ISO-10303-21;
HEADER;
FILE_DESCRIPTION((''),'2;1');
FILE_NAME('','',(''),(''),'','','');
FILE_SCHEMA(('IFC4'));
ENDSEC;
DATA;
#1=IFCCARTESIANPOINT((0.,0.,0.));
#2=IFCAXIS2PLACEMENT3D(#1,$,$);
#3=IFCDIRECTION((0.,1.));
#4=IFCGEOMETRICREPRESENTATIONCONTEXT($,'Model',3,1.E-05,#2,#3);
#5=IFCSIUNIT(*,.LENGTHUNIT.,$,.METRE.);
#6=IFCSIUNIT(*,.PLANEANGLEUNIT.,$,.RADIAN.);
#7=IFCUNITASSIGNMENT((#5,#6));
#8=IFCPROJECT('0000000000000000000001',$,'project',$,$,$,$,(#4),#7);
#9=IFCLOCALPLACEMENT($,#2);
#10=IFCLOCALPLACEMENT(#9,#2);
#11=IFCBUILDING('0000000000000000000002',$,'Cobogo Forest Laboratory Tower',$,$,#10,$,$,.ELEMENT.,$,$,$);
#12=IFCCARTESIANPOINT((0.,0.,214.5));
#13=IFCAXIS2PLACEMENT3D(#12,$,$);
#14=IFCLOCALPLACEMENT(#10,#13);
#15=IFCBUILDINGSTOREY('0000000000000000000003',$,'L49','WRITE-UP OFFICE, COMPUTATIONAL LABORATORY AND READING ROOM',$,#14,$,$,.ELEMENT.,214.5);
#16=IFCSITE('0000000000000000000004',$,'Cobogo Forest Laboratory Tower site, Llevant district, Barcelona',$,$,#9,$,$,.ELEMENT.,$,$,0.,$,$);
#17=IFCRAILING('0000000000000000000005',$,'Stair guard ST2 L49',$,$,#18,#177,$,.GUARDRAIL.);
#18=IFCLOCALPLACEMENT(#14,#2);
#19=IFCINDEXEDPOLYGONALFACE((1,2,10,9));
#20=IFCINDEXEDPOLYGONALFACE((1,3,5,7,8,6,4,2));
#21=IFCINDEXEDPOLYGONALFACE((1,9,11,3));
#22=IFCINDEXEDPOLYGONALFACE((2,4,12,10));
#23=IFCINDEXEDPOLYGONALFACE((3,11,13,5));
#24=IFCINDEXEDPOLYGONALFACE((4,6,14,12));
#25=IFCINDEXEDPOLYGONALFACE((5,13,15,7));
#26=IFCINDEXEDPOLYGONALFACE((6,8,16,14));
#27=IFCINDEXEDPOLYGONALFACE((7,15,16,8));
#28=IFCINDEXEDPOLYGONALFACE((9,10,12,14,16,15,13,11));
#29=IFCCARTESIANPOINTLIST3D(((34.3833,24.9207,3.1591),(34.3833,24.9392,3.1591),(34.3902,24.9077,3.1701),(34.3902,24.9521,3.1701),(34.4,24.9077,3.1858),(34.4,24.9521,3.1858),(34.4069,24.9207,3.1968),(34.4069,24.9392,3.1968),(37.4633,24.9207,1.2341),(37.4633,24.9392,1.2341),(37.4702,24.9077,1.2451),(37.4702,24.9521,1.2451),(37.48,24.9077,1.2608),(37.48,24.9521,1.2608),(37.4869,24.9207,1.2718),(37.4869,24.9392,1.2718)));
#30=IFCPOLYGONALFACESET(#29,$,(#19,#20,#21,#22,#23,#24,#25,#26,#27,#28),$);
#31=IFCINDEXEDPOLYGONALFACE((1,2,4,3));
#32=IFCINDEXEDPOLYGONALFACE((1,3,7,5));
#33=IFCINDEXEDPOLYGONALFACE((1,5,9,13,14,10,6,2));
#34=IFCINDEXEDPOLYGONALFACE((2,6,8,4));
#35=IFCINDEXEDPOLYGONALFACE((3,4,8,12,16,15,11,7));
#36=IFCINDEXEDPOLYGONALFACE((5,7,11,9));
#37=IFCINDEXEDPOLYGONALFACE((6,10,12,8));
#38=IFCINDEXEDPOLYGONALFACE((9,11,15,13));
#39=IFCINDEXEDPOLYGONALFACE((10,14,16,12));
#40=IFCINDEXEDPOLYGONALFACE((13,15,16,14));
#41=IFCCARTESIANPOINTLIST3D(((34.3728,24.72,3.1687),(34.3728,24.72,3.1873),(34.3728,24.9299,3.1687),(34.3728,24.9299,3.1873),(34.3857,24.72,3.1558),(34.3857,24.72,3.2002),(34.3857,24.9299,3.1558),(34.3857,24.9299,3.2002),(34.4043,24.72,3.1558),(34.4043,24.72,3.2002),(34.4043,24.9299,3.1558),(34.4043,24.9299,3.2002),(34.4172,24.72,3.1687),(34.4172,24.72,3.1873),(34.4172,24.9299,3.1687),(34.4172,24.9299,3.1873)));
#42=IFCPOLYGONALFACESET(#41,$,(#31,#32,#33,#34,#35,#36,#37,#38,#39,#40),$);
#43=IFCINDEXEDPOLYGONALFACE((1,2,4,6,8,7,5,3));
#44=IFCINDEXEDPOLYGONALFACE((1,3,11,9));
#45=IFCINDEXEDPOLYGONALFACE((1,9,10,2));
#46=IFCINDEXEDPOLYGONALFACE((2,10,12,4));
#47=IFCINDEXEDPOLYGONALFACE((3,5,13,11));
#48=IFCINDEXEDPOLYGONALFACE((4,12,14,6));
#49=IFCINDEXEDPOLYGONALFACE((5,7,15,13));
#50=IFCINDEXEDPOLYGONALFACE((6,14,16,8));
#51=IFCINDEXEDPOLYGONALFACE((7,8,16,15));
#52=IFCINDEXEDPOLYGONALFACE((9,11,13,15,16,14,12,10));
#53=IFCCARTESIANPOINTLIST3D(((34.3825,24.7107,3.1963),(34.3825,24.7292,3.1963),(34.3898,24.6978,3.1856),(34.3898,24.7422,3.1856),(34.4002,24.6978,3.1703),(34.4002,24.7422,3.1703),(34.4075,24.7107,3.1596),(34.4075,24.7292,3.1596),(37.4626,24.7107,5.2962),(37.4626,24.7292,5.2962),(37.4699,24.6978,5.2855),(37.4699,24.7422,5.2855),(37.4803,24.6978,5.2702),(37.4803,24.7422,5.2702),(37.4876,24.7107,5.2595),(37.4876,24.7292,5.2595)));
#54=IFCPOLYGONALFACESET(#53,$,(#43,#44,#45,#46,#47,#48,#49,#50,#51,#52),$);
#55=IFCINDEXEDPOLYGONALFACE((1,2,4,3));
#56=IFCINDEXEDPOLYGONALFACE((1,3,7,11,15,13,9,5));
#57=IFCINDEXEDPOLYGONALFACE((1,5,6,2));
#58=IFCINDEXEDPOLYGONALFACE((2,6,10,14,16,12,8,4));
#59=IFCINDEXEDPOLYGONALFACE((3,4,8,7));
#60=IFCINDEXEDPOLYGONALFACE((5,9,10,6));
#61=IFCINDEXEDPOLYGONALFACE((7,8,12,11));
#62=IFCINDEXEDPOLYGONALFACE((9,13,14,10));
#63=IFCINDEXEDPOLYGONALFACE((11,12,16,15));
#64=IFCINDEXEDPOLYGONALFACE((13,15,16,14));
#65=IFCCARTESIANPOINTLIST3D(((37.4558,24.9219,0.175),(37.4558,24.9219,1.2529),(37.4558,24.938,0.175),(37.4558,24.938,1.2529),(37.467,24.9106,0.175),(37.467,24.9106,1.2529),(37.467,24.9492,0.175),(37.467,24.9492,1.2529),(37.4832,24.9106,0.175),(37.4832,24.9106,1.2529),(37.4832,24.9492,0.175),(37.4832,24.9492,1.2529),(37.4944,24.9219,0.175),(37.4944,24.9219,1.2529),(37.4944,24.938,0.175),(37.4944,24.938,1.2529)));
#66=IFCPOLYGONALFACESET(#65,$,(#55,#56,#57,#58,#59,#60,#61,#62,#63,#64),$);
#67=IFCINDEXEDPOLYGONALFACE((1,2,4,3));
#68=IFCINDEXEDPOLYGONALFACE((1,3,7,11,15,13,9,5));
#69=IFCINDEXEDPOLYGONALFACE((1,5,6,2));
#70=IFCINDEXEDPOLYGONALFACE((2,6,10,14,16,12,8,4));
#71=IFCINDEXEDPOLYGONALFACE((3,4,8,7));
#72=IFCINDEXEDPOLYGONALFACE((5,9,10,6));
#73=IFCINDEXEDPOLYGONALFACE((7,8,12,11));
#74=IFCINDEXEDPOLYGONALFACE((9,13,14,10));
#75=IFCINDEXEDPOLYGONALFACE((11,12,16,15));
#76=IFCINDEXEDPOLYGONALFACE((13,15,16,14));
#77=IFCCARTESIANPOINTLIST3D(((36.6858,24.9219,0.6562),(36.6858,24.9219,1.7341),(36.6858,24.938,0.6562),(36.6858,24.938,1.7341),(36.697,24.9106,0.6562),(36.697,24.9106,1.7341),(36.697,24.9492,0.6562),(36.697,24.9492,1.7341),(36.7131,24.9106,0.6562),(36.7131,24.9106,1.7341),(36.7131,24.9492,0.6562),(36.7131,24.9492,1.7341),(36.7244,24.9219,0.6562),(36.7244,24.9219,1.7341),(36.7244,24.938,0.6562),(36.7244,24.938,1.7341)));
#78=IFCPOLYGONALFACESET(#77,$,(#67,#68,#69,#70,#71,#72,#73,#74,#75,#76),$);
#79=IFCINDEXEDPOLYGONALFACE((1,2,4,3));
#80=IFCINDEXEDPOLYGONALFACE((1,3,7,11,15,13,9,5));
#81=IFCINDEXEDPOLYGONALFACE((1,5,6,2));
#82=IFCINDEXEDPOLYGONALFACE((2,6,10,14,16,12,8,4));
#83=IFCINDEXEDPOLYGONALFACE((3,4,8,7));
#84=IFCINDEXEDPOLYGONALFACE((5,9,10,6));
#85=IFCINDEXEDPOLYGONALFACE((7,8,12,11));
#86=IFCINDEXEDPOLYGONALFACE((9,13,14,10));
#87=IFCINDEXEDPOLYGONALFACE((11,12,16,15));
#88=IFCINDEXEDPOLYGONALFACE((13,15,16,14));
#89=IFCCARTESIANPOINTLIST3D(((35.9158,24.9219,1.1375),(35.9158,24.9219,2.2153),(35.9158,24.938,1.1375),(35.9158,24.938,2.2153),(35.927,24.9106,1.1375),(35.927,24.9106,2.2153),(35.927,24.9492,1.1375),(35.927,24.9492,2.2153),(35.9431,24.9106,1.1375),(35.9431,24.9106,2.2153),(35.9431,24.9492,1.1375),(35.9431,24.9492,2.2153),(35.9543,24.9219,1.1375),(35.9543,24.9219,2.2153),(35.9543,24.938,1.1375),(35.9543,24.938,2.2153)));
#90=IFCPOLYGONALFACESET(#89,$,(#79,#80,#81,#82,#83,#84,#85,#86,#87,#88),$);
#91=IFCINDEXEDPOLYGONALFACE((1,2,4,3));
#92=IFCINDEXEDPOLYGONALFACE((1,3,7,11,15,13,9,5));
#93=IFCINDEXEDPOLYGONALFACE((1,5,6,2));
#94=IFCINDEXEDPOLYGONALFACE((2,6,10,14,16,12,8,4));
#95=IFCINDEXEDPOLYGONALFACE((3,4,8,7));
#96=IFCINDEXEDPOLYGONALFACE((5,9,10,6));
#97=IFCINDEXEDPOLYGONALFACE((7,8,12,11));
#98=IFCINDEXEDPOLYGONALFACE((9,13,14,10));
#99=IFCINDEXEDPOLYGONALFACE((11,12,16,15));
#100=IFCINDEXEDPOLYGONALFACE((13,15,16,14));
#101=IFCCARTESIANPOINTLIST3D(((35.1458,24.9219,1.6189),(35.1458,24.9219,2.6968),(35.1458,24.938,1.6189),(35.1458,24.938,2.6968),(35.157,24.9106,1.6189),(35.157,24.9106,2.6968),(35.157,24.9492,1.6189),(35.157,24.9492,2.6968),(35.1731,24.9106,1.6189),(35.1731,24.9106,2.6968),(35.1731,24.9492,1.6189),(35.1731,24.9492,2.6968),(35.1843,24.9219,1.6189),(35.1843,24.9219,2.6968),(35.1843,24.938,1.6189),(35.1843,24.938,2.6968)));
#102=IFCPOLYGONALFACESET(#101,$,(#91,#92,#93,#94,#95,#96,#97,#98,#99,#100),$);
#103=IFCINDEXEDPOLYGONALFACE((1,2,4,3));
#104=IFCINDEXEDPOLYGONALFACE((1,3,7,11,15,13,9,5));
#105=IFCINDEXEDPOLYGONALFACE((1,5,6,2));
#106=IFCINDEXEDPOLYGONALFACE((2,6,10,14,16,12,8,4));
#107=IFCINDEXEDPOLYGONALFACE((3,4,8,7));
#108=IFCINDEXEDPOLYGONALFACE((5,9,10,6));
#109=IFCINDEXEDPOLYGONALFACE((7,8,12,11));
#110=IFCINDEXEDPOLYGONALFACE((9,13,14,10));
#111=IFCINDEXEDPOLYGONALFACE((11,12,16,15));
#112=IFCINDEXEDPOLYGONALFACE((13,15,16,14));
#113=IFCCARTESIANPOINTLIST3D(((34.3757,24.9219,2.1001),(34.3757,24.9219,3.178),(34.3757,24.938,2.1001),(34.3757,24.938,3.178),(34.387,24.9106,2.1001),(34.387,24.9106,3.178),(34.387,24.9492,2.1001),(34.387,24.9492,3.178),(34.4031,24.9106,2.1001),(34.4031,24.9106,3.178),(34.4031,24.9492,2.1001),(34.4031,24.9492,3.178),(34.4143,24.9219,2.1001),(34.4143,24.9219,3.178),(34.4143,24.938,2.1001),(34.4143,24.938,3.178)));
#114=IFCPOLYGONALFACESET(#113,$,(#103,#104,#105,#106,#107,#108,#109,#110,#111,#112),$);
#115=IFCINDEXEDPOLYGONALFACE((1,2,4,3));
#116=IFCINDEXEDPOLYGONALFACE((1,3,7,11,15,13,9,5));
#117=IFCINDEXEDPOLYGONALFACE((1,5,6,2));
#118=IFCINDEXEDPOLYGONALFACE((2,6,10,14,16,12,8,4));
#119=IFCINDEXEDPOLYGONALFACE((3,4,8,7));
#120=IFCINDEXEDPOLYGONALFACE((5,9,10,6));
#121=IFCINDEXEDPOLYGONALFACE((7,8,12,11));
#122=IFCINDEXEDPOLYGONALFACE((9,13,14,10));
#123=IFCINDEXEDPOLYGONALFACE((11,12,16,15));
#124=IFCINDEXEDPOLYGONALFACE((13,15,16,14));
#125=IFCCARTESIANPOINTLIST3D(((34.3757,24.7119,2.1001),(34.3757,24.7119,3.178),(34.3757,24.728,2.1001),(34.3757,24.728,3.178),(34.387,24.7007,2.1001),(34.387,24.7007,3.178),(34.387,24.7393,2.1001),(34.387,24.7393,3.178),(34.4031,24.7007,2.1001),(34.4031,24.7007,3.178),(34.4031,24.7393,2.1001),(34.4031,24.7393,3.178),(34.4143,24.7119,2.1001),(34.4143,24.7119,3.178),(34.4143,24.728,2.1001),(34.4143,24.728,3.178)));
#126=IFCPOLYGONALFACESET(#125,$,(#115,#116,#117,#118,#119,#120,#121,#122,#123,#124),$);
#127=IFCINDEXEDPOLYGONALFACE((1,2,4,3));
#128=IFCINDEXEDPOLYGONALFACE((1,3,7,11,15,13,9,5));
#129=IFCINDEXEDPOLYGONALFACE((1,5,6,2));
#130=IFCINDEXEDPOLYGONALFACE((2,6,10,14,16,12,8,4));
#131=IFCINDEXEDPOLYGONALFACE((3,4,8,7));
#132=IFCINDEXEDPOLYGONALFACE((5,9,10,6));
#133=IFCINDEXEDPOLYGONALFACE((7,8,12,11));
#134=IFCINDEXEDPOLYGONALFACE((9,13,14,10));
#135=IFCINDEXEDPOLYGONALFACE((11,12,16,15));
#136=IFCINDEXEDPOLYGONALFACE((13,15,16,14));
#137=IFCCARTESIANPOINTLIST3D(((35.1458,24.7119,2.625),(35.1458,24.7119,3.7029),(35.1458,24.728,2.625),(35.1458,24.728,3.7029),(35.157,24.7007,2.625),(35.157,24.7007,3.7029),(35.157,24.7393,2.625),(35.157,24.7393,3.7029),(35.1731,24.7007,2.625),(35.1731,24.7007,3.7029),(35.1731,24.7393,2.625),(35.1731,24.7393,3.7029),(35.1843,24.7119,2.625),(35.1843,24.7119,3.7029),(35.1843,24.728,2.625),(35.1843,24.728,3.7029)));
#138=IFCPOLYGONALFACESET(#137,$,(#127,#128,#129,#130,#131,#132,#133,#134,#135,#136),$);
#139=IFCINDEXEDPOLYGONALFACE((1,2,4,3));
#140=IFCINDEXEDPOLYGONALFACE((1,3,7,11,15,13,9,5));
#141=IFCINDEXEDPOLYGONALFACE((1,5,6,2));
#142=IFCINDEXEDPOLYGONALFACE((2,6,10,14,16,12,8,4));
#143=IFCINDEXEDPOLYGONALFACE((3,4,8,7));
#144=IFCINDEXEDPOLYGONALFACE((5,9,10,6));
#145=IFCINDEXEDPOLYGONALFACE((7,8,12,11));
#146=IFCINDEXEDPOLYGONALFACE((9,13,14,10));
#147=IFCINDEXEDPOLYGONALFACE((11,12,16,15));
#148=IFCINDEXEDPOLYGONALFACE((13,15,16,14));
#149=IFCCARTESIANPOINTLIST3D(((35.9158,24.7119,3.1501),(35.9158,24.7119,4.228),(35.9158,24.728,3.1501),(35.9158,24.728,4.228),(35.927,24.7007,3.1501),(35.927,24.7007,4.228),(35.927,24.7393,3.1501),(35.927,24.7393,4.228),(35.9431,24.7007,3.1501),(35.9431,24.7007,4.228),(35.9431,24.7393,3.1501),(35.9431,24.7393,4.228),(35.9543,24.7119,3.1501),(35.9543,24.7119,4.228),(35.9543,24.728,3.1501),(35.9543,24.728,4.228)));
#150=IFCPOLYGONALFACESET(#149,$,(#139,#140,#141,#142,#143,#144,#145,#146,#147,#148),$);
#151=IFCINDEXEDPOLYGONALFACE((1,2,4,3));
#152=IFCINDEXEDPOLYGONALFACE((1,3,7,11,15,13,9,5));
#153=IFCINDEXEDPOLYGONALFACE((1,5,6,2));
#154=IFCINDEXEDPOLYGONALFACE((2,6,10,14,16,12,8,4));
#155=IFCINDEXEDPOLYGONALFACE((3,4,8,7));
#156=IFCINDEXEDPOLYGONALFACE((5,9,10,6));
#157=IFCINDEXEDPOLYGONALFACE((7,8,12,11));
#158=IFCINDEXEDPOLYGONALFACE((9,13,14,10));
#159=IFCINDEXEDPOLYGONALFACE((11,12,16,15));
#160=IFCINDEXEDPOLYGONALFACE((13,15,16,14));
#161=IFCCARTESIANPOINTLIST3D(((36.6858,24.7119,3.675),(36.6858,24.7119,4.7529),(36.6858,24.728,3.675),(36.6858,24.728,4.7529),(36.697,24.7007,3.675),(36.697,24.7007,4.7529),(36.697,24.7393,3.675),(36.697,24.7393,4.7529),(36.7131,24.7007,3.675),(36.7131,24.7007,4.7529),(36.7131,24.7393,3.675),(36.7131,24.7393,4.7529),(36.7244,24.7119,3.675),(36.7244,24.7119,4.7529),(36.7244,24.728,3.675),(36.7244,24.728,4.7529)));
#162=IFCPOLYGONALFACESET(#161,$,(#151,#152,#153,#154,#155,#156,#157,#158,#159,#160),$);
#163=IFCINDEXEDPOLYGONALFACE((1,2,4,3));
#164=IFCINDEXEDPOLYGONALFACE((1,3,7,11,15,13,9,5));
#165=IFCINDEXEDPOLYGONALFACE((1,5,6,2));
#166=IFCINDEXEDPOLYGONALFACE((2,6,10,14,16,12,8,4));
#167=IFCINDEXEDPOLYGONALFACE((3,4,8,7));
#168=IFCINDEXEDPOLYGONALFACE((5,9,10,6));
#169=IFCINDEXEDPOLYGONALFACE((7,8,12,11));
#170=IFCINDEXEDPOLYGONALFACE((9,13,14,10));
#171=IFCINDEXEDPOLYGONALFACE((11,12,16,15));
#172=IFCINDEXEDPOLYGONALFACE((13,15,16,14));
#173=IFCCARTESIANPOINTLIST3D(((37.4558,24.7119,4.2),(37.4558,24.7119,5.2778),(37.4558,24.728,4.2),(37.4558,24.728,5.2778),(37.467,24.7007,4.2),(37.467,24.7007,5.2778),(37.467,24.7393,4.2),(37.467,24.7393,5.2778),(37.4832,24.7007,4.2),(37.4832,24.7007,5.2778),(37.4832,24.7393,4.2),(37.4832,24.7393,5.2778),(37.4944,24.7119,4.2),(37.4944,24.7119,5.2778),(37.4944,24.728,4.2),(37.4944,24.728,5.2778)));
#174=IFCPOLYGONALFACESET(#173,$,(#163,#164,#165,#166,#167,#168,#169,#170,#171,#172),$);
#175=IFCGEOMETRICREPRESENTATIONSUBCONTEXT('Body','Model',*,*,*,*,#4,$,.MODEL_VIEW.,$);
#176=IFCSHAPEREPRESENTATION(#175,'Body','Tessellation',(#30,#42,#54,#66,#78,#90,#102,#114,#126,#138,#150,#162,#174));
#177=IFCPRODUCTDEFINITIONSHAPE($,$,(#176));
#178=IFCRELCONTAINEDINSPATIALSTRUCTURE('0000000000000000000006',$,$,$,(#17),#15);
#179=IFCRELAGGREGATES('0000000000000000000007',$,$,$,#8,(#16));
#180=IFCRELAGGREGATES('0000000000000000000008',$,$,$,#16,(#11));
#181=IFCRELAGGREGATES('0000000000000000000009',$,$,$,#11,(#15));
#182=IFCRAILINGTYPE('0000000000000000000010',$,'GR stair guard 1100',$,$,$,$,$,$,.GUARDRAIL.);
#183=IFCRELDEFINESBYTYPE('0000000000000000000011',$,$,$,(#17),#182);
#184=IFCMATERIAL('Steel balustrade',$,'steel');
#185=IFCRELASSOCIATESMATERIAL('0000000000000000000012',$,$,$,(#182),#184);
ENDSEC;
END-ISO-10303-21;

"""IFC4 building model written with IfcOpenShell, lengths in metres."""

from ifc_helpers import new_model, si_unit, direction, frame, origin, place, context, subcontext, project, spatial, polyline, outline, extrude, material, type_object, element, save


model = new_model("IFC4")

# Units and contexts
model_context = context("Model", 3, precision=1e-05, world=origin(), true_north=direction((0.0, 1.0)))
body_context = subcontext(model_context, "Body", "Model", "MODEL_VIEW")
ifc_project = project(units=[si_unit("LENGTHUNIT", "METRE"), si_unit("PLANEANGLEUNIT", "RADIAN")], contexts=[model_context])

# Site, building, storey
site_placement = place(None, origin())
site = spatial("IfcSite", under=ifc_project, at=site_placement, Name="Cobogo Forest Laboratory Tower site, Llevant district, Barcelona", CompositionType="ELEMENT", RefElevation=0.0)
building_placement = place(site_placement, origin())
building = spatial("IfcBuilding", under=site, at=building_placement, Name="Cobogo Forest Laboratory Tower", CompositionType="ELEMENT")
storey_placement = place(building_placement, frame((0.0, 0.0, 214.5)))
storey = spatial("IfcBuildingStorey", under=building, at=storey_placement, Name="L49", Description="WRITE-UP OFFICE, COMPUTATIONAL LABORATORY AND READING ROOM", CompositionType="ELEMENT", Elevation=214.5)

# Railing
ifc_material_1 = material(Name="Steel balustrade", Category="steel")
railing_type_1 = type_object("IfcRailingType", Name="GR stair guard 1100", PredefinedType="GUARDRAIL", material=ifc_material_1)
railing_1_placement = place(storey_placement, frame((37.4751, 24.9299, 0.175)))
element("IfcRailing", 1, at=railing_1_placement, inside=storey, type_object=railing_type_1, Name="Stair guard ST2 L49", PredefinedType="GUARDRAIL", context=body_context, shape_type="SweptSolid", body=[
    extrude(outline(polyline([(0.0222, 0.0093), (0.0093, 0.0222), (-0.0093, 0.0222), (-0.0222, 0.0093), (-0.0222, -0.0093), (-0.0093, -0.0222), (0.0093, -0.0222), (0.0222, -0.0093), (0.0222, 0.0093)])), frame((0.0, 0.0, 1.0779), z_axis=(-0.847998, 0.0, 0.529999), x_axis=(0.0, -1.0, 0.0)), (0.0, 0.0, 1.0), 3.6321),
    extrude(outline(polyline([(0.0222, 0.0093), (0.0093, 0.0222), (-0.0093, 0.0222), (-0.0222, 0.0093), (-0.0222, -0.0093), (-0.0093, -0.0222), (0.0093, -0.0222), (0.0222, -0.0093), (0.0222, 0.0093)])), frame((-3.0801, 0.0, 3.0029), z_axis=(0.0, -1.0, 0.0), x_axis=(1.0, 0.0, 0.0)), (0.0, 0.0, 1.0), 0.21),
    extrude(outline(polyline([(0.0222, 0.0093), (0.0093, 0.0222), (-0.0093, 0.0222), (-0.0222, 0.0093), (-0.0222, -0.0093), (-0.0093, -0.0222), (0.0093, -0.0222), (0.0222, -0.0093), (0.0222, 0.0093)])), frame((-3.0801, -0.21, 3.0029), z_axis=(0.826252, 0.0, 0.5633), x_axis=(0.0, 1.0, 0.0)), (0.0, 0.0, 1.0), 3.7278),
    extrude(outline(polyline([(0.0193, 0.0081), (0.0081, 0.0193), (-0.0081, 0.0193), (-0.0193, 0.0081), (-0.0193, -0.0081), (-0.0081, -0.0193), (0.0081, -0.0193), (0.0193, -0.0081), (0.0193, 0.0081)])), origin(), (0.0, 0.0, 1.0), 1.0779),
    extrude(outline(polyline([(0.0193, 0.0081), (0.0081, 0.0193), (-0.0081, 0.0193), (-0.0193, 0.0081), (-0.0193, -0.0081), (-0.0081, -0.0193), (0.0081, -0.0193), (0.0193, -0.0081), (0.0193, 0.0081)])), frame((-0.77, 0.0, 0.4812)), (0.0, 0.0, 1.0), 1.0779),
    extrude(outline(polyline([(0.0193, 0.0081), (0.0081, 0.0193), (-0.0081, 0.0193), (-0.0193, 0.0081), (-0.0193, -0.0081), (-0.0081, -0.0193), (0.0081, -0.0193), (0.0193, -0.0081), (0.0193, 0.0081)])), frame((-1.54, 0.0, 0.9624)), (0.0, 0.0, 1.0), 1.0779),
    extrude(outline(polyline([(0.0193, 0.0081), (0.0081, 0.0193), (-0.0081, 0.0193), (-0.0193, 0.0081), (-0.0193, -0.0081), (-0.0081, -0.0193), (0.0081, -0.0193), (0.0193, -0.0081), (0.0193, 0.0081)])), frame((-2.3101, 0.0, 1.4438)), (0.0, 0.0, 1.0), 1.0779),
    extrude(outline(polyline([(0.0193, 0.0081), (0.0081, 0.0193), (-0.0081, 0.0193), (-0.0193, 0.0081), (-0.0193, -0.0081), (-0.0081, -0.0193), (0.0081, -0.0193), (0.0193, -0.0081), (0.0193, 0.0081)])), frame((-3.0801, 0.0, 1.925)), (0.0, 0.0, 1.0), 1.0779),
    extrude(outline(polyline([(0.0193, 0.0081), (0.0081, 0.0193), (-0.0081, 0.0193), (-0.0193, 0.0081), (-0.0193, -0.0081), (-0.0081, -0.0193), (0.0081, -0.0193), (0.0193, -0.0081), (0.0193, 0.0081)])), frame((-3.0801, -0.21, 1.925)), (0.0, 0.0, 1.0), 1.0779),
    extrude(outline(polyline([(0.0193, 0.0081), (0.0081, 0.0193), (-0.0081, 0.0193), (-0.0193, 0.0081), (-0.0193, -0.0081), (-0.0081, -0.0193), (0.0081, -0.0193), (0.0193, -0.0081), (0.0193, 0.0081)])), frame((-2.3101, -0.21, 2.45)), (0.0, 0.0, 1.0), 1.0779),
    extrude(outline(polyline([(0.0193, 0.0081), (0.0081, 0.0193), (-0.0081, 0.0193), (-0.0193, 0.0081), (-0.0193, -0.0081), (-0.0081, -0.0193), (0.0081, -0.0193), (0.0193, -0.0081), (0.0193, 0.0081)])), frame((-1.54, -0.21, 2.9751)), (0.0, 0.0, 1.0), 1.0779),
    extrude(outline(polyline([(0.0193, 0.0081), (0.0081, 0.0193), (-0.0081, 0.0193), (-0.0193, 0.0081), (-0.0193, -0.0081), (-0.0081, -0.0193), (0.0081, -0.0193), (0.0193, -0.0081), (0.0193, 0.0081)])), frame((-0.77, -0.21, 3.5)), (0.0, 0.0, 1.0), 1.0779),
    extrude(outline(polyline([(0.0193, 0.0081), (0.0081, 0.0193), (-0.0081, 0.0193), (-0.0193, 0.0081), (-0.0193, -0.0081), (-0.0081, -0.0193), (0.0081, -0.0193), (0.0193, -0.0081), (0.0193, 0.0081)])), frame((0.0, -0.21, 4.0249)), (0.0, 0.0, 1.0), 1.0779),
])

save(model, "model.ifc")
